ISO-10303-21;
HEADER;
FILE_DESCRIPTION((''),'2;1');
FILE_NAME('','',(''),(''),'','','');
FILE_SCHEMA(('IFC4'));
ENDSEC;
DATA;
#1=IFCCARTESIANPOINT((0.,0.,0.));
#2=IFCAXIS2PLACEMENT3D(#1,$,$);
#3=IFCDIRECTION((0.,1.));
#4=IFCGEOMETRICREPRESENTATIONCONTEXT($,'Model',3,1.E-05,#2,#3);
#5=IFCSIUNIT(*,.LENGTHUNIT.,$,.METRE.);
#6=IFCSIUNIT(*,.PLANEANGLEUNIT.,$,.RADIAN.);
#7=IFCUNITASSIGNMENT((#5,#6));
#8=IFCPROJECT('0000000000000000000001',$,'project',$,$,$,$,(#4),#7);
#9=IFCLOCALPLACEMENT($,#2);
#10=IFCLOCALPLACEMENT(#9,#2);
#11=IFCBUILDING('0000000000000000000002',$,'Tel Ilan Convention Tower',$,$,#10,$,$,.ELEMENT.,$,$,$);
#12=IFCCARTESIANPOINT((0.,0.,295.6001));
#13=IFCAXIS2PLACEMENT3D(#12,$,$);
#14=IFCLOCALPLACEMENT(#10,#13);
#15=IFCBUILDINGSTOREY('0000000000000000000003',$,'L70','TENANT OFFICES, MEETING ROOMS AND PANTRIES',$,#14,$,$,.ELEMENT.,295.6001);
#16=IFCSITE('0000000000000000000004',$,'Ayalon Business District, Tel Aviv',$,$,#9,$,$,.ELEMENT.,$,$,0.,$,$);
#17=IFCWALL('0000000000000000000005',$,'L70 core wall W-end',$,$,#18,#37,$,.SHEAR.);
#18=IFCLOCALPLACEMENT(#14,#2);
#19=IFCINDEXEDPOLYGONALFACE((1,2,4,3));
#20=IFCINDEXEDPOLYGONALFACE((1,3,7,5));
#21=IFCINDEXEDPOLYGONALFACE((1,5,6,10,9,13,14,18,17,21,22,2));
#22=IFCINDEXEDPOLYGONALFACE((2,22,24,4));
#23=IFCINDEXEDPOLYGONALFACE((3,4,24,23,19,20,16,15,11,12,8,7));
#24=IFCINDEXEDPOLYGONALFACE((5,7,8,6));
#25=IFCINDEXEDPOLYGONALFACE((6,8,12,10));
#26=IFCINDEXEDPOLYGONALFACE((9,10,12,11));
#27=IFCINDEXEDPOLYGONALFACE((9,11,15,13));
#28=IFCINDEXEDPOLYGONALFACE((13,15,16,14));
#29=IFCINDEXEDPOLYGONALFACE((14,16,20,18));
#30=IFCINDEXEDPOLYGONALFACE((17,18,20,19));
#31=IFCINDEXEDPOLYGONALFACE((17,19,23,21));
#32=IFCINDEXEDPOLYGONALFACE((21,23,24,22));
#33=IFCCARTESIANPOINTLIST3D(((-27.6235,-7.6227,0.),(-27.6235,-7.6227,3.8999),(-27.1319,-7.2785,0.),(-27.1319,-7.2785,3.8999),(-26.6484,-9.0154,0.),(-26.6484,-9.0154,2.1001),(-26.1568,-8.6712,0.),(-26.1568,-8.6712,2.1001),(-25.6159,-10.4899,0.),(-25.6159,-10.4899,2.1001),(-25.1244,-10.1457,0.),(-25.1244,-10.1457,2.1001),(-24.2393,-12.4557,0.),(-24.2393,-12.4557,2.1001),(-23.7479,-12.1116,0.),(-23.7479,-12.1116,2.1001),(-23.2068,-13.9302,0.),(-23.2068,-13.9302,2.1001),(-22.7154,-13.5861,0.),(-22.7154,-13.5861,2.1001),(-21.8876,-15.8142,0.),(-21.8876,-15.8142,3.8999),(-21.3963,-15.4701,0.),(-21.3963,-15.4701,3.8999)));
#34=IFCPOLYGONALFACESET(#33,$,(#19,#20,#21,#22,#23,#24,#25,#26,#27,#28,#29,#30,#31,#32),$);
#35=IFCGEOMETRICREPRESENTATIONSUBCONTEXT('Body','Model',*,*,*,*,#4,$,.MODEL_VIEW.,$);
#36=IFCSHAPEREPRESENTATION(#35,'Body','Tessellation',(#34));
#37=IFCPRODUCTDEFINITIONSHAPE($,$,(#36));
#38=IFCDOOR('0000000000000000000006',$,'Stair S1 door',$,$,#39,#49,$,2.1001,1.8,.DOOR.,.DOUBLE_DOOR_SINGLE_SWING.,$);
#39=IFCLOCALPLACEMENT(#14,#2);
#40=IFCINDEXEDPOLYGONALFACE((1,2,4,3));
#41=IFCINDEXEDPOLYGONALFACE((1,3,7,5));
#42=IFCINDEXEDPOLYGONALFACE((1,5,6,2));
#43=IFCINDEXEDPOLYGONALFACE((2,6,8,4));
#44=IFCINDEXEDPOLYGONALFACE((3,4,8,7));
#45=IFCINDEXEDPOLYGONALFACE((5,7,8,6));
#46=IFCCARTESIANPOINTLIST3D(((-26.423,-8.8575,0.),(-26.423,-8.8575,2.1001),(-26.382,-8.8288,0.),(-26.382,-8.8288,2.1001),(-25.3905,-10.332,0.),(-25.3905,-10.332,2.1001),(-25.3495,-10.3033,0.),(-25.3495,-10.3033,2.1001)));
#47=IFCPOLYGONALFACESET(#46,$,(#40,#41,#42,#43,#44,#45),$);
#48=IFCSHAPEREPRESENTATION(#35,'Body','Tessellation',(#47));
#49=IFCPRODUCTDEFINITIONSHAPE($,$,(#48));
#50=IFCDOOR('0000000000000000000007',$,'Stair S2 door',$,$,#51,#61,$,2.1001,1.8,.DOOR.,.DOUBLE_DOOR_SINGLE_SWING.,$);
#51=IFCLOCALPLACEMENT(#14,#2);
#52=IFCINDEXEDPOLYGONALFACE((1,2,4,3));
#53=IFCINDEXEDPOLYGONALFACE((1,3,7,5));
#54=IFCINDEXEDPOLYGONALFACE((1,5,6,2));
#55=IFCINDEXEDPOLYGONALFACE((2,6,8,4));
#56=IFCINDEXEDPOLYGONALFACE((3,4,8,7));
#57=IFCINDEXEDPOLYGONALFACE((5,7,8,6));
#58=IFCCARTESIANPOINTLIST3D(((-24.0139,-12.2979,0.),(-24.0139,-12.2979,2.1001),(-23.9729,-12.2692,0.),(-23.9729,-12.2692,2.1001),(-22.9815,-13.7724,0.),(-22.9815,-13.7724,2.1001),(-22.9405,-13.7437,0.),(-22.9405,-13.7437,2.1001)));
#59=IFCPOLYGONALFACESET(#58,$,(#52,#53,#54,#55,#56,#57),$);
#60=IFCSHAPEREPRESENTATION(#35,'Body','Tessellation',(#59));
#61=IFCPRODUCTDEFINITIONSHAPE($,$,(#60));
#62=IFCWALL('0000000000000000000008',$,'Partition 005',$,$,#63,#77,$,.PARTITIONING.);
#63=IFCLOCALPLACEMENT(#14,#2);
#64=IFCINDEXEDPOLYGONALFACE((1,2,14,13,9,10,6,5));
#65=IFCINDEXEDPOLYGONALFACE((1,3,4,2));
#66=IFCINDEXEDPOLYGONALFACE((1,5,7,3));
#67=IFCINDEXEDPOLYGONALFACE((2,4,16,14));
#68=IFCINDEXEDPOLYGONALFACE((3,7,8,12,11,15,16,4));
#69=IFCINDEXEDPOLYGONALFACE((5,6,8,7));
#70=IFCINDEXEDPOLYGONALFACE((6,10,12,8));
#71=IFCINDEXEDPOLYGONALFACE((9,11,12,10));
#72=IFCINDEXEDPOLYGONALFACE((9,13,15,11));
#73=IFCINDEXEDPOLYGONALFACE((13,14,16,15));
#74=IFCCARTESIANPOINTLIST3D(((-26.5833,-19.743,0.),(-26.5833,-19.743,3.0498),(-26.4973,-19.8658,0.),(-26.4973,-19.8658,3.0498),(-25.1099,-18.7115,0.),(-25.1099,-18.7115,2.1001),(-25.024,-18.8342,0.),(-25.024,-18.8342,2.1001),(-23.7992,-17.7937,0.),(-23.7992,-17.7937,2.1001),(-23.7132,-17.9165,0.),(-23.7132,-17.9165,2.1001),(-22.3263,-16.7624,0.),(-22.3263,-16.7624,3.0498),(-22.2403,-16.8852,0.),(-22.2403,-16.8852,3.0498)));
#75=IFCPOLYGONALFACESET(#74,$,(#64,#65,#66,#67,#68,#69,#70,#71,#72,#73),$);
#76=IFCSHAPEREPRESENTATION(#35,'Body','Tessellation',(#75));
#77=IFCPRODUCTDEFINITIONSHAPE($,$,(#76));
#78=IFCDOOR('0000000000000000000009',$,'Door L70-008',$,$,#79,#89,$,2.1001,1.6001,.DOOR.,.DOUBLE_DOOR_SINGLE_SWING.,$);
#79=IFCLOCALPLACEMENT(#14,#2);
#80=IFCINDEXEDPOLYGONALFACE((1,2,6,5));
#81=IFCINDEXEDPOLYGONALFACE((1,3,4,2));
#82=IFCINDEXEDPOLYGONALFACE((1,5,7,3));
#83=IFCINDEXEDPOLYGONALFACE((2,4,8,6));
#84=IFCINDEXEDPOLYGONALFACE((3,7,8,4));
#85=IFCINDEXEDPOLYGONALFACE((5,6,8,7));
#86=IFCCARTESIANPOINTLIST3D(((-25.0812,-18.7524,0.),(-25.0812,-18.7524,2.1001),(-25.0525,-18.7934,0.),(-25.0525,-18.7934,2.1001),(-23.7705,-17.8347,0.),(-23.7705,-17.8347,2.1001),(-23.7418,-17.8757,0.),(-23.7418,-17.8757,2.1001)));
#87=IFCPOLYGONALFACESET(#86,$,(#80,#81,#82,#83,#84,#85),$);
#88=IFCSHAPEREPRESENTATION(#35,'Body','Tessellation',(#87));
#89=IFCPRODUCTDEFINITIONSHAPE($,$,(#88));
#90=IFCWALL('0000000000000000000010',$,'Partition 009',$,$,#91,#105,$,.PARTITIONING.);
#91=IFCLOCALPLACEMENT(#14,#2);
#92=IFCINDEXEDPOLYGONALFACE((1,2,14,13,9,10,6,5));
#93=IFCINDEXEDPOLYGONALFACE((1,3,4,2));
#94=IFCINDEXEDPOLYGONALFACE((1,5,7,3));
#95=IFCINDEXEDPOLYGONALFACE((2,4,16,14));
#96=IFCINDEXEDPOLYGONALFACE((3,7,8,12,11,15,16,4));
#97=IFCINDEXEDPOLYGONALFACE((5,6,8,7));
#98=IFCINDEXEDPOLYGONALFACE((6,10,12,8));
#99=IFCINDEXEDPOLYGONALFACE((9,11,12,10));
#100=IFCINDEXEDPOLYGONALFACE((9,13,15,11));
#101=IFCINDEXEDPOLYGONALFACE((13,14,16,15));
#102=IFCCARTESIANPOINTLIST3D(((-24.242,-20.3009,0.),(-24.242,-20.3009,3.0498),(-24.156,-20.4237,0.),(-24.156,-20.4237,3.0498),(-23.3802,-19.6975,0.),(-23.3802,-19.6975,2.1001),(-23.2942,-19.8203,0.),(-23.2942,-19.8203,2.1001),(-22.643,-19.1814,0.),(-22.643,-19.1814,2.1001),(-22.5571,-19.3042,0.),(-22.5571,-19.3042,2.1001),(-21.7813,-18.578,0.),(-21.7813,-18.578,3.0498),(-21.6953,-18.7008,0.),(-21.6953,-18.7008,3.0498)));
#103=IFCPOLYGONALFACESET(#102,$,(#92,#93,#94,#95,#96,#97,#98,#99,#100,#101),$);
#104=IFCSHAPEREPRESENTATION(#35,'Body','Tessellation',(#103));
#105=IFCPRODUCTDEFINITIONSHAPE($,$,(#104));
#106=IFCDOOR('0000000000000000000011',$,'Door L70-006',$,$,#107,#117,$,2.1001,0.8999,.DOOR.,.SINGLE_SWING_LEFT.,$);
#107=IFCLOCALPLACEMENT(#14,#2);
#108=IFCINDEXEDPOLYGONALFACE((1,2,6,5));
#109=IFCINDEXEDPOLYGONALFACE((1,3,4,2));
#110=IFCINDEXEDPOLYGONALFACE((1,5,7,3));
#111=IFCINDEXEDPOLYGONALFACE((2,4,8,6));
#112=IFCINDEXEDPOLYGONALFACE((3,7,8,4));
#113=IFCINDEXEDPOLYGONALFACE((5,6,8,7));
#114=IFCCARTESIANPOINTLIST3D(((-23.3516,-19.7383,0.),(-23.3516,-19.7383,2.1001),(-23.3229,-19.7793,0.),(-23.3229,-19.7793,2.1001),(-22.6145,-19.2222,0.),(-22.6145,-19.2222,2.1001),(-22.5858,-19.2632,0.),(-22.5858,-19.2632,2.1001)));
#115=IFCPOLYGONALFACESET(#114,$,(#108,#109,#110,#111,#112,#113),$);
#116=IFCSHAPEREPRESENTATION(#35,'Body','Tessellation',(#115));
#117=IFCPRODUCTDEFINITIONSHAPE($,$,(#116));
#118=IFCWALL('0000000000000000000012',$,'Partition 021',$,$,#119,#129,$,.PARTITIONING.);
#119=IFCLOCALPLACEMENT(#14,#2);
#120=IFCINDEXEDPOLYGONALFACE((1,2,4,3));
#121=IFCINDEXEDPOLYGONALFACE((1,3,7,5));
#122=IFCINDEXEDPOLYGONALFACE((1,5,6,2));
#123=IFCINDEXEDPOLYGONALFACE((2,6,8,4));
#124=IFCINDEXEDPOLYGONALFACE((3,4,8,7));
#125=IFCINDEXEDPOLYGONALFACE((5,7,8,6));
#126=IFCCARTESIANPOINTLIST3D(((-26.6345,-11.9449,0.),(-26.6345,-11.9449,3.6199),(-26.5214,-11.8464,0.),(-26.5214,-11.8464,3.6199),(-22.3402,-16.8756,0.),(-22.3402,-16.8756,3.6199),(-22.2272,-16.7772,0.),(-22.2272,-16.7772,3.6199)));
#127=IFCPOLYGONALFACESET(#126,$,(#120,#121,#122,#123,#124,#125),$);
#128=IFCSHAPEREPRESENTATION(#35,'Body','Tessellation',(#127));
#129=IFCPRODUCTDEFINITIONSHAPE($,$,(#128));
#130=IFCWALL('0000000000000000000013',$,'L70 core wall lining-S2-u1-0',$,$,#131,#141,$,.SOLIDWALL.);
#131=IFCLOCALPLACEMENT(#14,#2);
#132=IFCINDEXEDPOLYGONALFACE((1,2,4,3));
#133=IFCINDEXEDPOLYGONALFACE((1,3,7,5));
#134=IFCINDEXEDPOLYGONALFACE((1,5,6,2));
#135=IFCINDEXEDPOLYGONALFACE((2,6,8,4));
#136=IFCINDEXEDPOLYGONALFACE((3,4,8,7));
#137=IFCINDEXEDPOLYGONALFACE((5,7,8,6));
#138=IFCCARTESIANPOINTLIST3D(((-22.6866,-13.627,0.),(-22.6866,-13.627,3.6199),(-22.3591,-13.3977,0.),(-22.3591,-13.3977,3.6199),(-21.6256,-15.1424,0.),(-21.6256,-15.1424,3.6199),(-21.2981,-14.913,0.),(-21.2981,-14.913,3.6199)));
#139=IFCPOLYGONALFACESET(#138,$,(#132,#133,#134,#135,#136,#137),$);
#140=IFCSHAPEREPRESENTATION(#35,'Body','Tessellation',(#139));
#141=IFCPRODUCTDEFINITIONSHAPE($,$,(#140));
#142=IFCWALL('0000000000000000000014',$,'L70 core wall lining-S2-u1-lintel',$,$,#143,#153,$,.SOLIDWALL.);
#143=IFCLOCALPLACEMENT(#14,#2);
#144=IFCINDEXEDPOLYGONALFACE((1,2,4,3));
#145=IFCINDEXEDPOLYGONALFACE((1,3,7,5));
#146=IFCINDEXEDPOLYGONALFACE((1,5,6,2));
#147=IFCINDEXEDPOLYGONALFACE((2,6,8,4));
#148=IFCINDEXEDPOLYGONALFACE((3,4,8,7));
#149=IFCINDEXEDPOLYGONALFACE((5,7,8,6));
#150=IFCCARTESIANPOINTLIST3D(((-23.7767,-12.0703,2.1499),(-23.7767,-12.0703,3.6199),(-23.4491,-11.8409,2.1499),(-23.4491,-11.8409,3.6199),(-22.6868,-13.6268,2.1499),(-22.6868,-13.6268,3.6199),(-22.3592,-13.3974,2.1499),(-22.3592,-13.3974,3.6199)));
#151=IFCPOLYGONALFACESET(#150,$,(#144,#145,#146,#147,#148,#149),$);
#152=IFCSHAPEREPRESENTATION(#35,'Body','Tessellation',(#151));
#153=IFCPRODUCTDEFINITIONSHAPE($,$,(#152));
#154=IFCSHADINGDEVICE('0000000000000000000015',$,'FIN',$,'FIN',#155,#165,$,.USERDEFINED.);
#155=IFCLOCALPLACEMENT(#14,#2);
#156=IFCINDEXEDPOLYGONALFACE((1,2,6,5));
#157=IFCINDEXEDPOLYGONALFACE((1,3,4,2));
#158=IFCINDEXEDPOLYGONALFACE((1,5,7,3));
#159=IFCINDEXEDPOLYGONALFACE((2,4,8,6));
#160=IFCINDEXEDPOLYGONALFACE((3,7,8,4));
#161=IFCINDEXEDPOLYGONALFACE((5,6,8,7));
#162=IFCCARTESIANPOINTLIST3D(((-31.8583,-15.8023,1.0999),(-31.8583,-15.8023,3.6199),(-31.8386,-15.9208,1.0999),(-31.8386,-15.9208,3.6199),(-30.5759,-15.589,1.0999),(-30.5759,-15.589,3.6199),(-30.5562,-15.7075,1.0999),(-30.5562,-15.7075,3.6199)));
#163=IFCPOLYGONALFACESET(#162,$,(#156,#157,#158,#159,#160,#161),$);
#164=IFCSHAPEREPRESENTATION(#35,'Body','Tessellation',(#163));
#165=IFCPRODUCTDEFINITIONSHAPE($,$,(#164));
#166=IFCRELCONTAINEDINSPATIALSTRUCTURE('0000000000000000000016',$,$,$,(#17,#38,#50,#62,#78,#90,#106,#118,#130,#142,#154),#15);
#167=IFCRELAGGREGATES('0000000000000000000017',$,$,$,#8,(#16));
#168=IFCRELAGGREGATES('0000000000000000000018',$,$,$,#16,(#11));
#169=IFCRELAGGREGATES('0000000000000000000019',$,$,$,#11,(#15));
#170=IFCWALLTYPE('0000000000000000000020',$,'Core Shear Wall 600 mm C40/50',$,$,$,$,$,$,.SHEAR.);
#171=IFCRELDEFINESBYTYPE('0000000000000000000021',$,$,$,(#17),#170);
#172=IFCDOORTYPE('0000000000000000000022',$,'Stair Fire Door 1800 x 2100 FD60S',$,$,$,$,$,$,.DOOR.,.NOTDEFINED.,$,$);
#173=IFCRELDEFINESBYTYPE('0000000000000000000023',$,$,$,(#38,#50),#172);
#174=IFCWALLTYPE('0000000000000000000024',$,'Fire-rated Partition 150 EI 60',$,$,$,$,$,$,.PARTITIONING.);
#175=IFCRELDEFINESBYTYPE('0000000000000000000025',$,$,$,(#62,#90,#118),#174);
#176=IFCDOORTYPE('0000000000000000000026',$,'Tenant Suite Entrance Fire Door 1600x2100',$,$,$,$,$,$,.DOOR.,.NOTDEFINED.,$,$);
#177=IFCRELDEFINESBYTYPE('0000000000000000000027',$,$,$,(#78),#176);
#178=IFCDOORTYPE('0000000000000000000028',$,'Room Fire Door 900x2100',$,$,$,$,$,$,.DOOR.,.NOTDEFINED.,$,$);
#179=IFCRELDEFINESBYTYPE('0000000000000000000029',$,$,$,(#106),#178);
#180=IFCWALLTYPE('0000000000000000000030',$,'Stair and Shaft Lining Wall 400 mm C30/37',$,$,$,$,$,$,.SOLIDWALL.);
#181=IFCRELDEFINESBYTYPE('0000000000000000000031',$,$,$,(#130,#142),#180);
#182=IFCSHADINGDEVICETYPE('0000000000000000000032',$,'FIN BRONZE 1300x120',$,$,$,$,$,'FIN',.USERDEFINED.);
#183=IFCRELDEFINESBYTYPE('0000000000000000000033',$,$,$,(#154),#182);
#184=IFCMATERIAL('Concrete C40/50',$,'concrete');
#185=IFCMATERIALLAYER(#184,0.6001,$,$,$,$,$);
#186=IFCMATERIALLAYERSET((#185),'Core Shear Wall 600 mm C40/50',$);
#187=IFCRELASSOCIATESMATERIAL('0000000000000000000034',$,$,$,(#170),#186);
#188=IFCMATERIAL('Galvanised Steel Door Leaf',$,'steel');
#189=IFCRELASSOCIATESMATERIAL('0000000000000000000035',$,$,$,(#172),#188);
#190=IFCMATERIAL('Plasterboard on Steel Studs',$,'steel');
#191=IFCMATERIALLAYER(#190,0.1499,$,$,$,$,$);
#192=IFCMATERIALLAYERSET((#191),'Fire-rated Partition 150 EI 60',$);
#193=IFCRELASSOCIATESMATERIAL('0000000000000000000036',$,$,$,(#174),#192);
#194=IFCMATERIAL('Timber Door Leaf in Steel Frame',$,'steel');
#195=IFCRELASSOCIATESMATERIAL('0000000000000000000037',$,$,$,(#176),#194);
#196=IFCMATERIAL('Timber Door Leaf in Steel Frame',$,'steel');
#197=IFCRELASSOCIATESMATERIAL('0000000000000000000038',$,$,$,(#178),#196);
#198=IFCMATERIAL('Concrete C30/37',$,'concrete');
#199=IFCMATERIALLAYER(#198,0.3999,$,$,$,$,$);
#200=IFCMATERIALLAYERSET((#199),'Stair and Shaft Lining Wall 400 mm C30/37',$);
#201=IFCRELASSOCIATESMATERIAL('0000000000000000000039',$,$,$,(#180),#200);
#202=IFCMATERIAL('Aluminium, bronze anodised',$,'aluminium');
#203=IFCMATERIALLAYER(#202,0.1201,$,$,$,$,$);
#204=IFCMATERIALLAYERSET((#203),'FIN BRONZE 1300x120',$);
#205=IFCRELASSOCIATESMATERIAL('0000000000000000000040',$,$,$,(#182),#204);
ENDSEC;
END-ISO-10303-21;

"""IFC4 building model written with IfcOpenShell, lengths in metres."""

from ifc_helpers import new_model, si_unit, direction, frame, frame_2d, origin, origin_2d, place, context, subcontext, project, spatial, polyline, rectangle, outline, extrude, material, layer, layer_set, type_object, element, fill, save


model = new_model("IFC4")

# Units and contexts
model_context = context("Model", 3, precision=1e-05, world=origin(), true_north=direction((0.0, 1.0)))
body_context = subcontext(model_context, "Body", "Model", "MODEL_VIEW")
ifc_project = project(units=[si_unit("LENGTHUNIT", "METRE"), si_unit("PLANEANGLEUNIT", "RADIAN")], contexts=[model_context])

# Site, building, storey
site_placement = place(None, origin())
site = spatial("IfcSite", under=ifc_project, at=site_placement, Name="Ayalon Business District, Tel Aviv", CompositionType="ELEMENT", RefElevation=0.0)
building_placement = place(site_placement, origin())
building = spatial("IfcBuilding", under=site, at=building_placement, Name="Tel Ilan Convention Tower", CompositionType="ELEMENT")
storey_placement = place(building_placement, frame((0.0, 0.0, 295.6001)))
storey = spatial("IfcBuildingStorey", under=building, at=storey_placement, Name="L70", Description="TENANT OFFICES, MEETING ROOMS AND PANTRIES", CompositionType="ELEMENT", Elevation=295.6001)

# Wall, openings, doors
ifc_material_1 = material(Name="Concrete C40/50", Category="concrete")
ifc_layer_1 = layer(ifc_material_1, 0.6001)
ifc_layer_set_1 = layer_set([ifc_layer_1], Name="Core Shear Wall 600 mm C40/50")
wall_type_1 = type_object("IfcWallType", Name="Core Shear Wall 600 mm C40/50", PredefinedType="SHEAR", material=ifc_layer_set_1)
wall_1_placement = place(storey_placement, frame((-21.6418, -15.6421, 0.0), z_axis=(0.0, 0.0, 1.0), x_axis=(-0.573587, 0.819145, 0.0)))
wall_1 = element("IfcWall", 1, at=wall_1_placement, inside=storey, type_object=wall_type_1, Name="L70 core wall W-end", PredefinedType="SHEAR", context=body_context, shape_type="SweptSolid", body=[
    extrude(outline(polyline([(0.0, 0.3), (0.0, -0.2998), (10.0, -0.3), (10.0, 0.3), (0.0, 0.3)])), origin(), (0.0, 0.0, 1.0), 3.8999),
])
opening_1_placement = place(wall_1_placement, frame((6.5, 0.0, 0.0)))
opening_1 = element("IfcOpeningElement", 2, at=opening_1_placement, cuts=wall_1, PredefinedType="OPENING", context=body_context, shape_type="SweptSolid", body=[
    extrude(rectangle(XDim=1.8, YDim=2.1001, at=frame_2d((0.8999, 1.05))), frame((0.0, 0.3101, 0.0), z_axis=(0.0, -1.0, 0.0), x_axis=(1.0, 0.0, 0.0)), (0.0, 0.0, 1.0), 0.6201),
])
opening_2_placement = place(wall_1_placement, frame((2.3, 0.0, 0.0)))
opening_2 = element("IfcOpeningElement", 3, at=opening_2_placement, cuts=wall_1, PredefinedType="OPENING", context=body_context, shape_type="SweptSolid", body=[
    extrude(rectangle(XDim=1.8, YDim=2.1001, at=frame_2d((0.8999, 1.05))), frame((0.0, 0.3101, 0.0), z_axis=(0.0, -1.0, 0.0), x_axis=(1.0, 0.0, 0.0)), (0.0, 0.0, 1.0), 0.6201),
])
ifc_material_2 = material(Name="Galvanised Steel Door Leaf", Category="steel")
door_type_1 = type_object("IfcDoorType", Name="Stair Fire Door 1800 x 2100 FD60S", OperationType="NOTDEFINED", PredefinedType="DOOR", material=ifc_material_2)
door_1_placement = place(opening_1_placement, origin())
door_1 = element("IfcDoor", 4, at=door_1_placement, inside=storey, type_object=door_type_1, Name="Stair S1 door", OperationType="DOUBLE_DOOR_SINGLE_SWING", OverallHeight=2.1001, OverallWidth=1.8, PredefinedType="DOOR", context=body_context, shape_type="SweptSolid", body=[
    extrude(rectangle(XDim=1.8, YDim=2.1001, at=frame_2d((0.8999, 1.05))), frame((0.0, 0.0249, 0.0), z_axis=(0.0, -1.0, 0.0), x_axis=(1.0, 0.0, 0.0)), (0.0, 0.0, 1.0), 0.05),
])
fill(opening_1, door_1)
door_2_placement = place(opening_2_placement, origin())
door_2 = element("IfcDoor", 5, at=door_2_placement, inside=storey, type_object=door_type_1, Name="Stair S2 door", OperationType="DOUBLE_DOOR_SINGLE_SWING", OverallHeight=2.1001, OverallWidth=1.8, PredefinedType="DOOR", context=body_context, shape_type="SweptSolid", body=[
    extrude(rectangle(XDim=1.8, YDim=2.1001, at=frame_2d((0.8999, 1.05))), frame((0.0, 0.0249, 0.0), z_axis=(0.0, -1.0, 0.0), x_axis=(1.0, 0.0, 0.0)), (0.0, 0.0, 1.0), 0.05),
])
fill(opening_2, door_2)

# Walls, openings, doors
ifc_material_3 = material(Name="Plasterboard on Steel Studs", Category="steel")
ifc_layer_2 = layer(ifc_material_3, 0.1499)
ifc_layer_set_2 = layer_set([ifc_layer_2], Name="Fire-rated Partition 150 EI 60")
wall_type_2 = type_object("IfcWallType", Name="Fire-rated Partition 150 EI 60", PredefinedType="PARTITIONING", material=ifc_layer_set_2)
wall_2_placement = place(storey_placement, frame((-26.5403, -19.8044, 0.0), z_axis=(0.0, 0.0, 1.0), x_axis=(0.819163, 0.57356, 0.0)))
wall_2 = element("IfcWall", 6, at=wall_2_placement, inside=storey, type_object=wall_type_2, Name="Partition 005", PredefinedType="PARTITIONING", context=body_context, shape_type="SweptSolid", body=[
    extrude(rectangle(XDim=5.1968, YDim=0.1499, at=frame_2d((2.5984, 0.0))), origin(), (0.0, 0.0, 1.0), 3.0498),
])
opening_3_placement = place(wall_2_placement, frame((1.7986, 0.0, 0.0)))
opening_3 = element("IfcOpeningElement", 7, at=opening_3_placement, cuts=wall_2, PredefinedType="OPENING", context=body_context, shape_type="SweptSolid", body=[
    extrude(rectangle(XDim=1.6001, YDim=2.1001, at=frame_2d((0.8, 1.05))), frame((0.0, 0.085, 0.0), z_axis=(0.0, -1.0, 0.0), x_axis=(1.0, 0.0, 0.0)), (0.0, 0.0, 1.0), 0.1699),
])
ifc_material_4 = material(Name="Timber Door Leaf in Steel Frame", Category="steel")
door_type_2 = type_object("IfcDoorType", Name="Tenant Suite Entrance Fire Door 1600x2100", OperationType="NOTDEFINED", PredefinedType="DOOR", material=ifc_material_4)
door_3_placement = place(opening_3_placement, origin())
door_3 = element("IfcDoor", 8, at=door_3_placement, inside=storey, type_object=door_type_2, Name="Door L70-008", OperationType="DOUBLE_DOOR_SINGLE_SWING", OverallHeight=2.1001, OverallWidth=1.6001, PredefinedType="DOOR", context=body_context, shape_type="SweptSolid", body=[
    extrude(rectangle(XDim=1.6001, YDim=2.1001, at=frame_2d((0.8, 1.05))), frame((0.0, 0.0249, 0.0), z_axis=(0.0, -1.0, 0.0), x_axis=(1.0, 0.0, 0.0)), (0.0, 0.0, 1.0), 0.05),
])
fill(opening_3, door_3)
wall_3_placement = place(storey_placement, frame((-21.7383, -18.6394, 0.0), z_axis=(0.0, 0.0, 1.0), x_axis=(-0.819167, -0.573555, 0.0)))
wall_3 = element("IfcWall", 9, at=wall_3_placement, inside=storey, type_object=wall_type_2, Name="Partition 009", PredefinedType="PARTITIONING", context=body_context, shape_type="SweptSolid", body=[
    extrude(rectangle(XDim=3.0039, YDim=0.1499, at=frame_2d((1.502, 0.0))), origin(), (0.0, 0.0, 1.0), 3.0498),
])
opening_4_placement = place(wall_3_placement, frame((1.052, 0.0, 0.0)))
opening_4 = element("IfcOpeningElement", 10, at=opening_4_placement, cuts=wall_3, PredefinedType="OPENING", context=body_context, shape_type="SweptSolid", body=[
    extrude(rectangle(XDim=0.8999, YDim=2.1001, at=frame_2d((0.45, 1.05))), frame((0.0, 0.085, 0.0), z_axis=(0.0, -1.0, 0.0), x_axis=(1.0, 0.0, 0.0)), (0.0, 0.0, 1.0), 0.1699),
])
ifc_material_5 = material(Name="Timber Door Leaf in Steel Frame", Category="steel")
door_type_3 = type_object("IfcDoorType", Name="Room Fire Door 900x2100", OperationType="NOTDEFINED", PredefinedType="DOOR", material=ifc_material_5)
door_4_placement = place(opening_4_placement, origin())
door_4 = element("IfcDoor", 11, at=door_4_placement, inside=storey, type_object=door_type_3, Name="Door L70-006", OperationType="SINGLE_SWING_LEFT", OverallHeight=2.1001, OverallWidth=0.8999, PredefinedType="DOOR", context=body_context, shape_type="SweptSolid", body=[
    extrude(rectangle(XDim=0.8999, YDim=2.1001, at=frame_2d((0.45, 1.05))), frame((0.0, 0.0249, 0.0), z_axis=(0.0, -1.0, 0.0), x_axis=(1.0, 0.0, 0.0)), (0.0, 0.0, 1.0), 0.05),
])
fill(opening_4, door_4)

# Walls
wall_4_placement = place(storey_placement, frame((-22.2837, -16.8264, 0.0), z_axis=(0.0, 0.0, 1.0), x_axis=(-0.656758, 0.754101, 0.0)))
element("IfcWall", 12, at=wall_4_placement, inside=storey, type_object=wall_type_2, Name="Partition 021", PredefinedType="PARTITIONING", context=body_context, shape_type="SweptSolid", body=[
    extrude(rectangle(XDim=6.5386, YDim=0.1499, at=frame_2d((3.2693, 0.0))), origin(), (0.0, 0.0, 1.0), 3.6199),
])
ifc_material_6 = material(Name="Concrete C30/37", Category="concrete")
ifc_layer_3 = layer(ifc_material_6, 0.3999)
ifc_layer_set_3 = layer_set([ifc_layer_3], Name="Stair and Shaft Lining Wall 400 mm C30/37")
wall_type_3 = type_object("IfcWallType", Name="Stair and Shaft Lining Wall 400 mm C30/37", PredefinedType="SOLIDWALL", material=ifc_layer_set_3)
wall_5_placement = place(storey_placement, frame((-21.4619, -15.0276, 0.0), z_axis=(0.0, 0.0, 1.0), x_axis=(-0.57356, 0.819164, 0.0)))
element("IfcWall", 13, at=wall_5_placement, inside=storey, type_object=wall_type_3, Name="L70 core wall lining-S2-u1-0", PredefinedType="SOLIDWALL", context=body_context, shape_type="SweptSolid", body=[
    extrude(rectangle(XDim=1.8499, YDim=0.3999, at=frame_2d((0.9248, 0.0))), origin(), (0.0, 0.0, 1.0), 3.6199),
])
wall_6_placement = place(storey_placement, frame((-22.5229, -13.5122, 2.1499), z_axis=(0.0, 0.0, 1.0), x_axis=(-0.573592, 0.819141, 0.0)))
element("IfcWall", 14, at=wall_6_placement, inside=storey, type_object=wall_type_3, Name="L70 core wall lining-S2-u1-lintel", PredefinedType="SOLIDWALL", context=body_context, shape_type="SweptSolid", body=[
    extrude(rectangle(XDim=1.9001, YDim=0.3999, at=frame_2d((0.9502, 0.0))), origin(), (0.0, 0.0, 1.0), 1.47),
])

# Shading device
ifc_material_7 = material(Name="Aluminium, bronze anodised", Category="aluminium")
ifc_layer_4 = layer(ifc_material_7, 0.1201)
ifc_layer_set_4 = layer_set([ifc_layer_4], Name="FIN BRONZE 1300x120")
shading_device_type = type_object("IfcShadingDeviceType", Name="FIN BRONZE 1300x120", ElementType="FIN", PredefinedType="USERDEFINED", material=ifc_layer_set_4)
for number, where, z_axis, x_axis, name in (
    (15, (-31.2073, -15.7549, 1.0999), (0.0, 0.0, 1.0), (-0.986445, -0.164091, 0.0), "FIN"),
):
    element("IfcShadingDevice", number, at=place(storey_placement, frame(where, z_axis=z_axis, x_axis=x_axis)), inside=storey, type_object=shading_device_type, Name=name, ObjectType="FIN", PredefinedType="USERDEFINED", context=body_context, shape_type="SweptSolid", body=[
        extrude(rectangle(XDim=1.3, YDim=0.1201, at=origin_2d()), origin(), (0.0, 0.0, 1.0), 2.52),
    ])

save(model, "model.ifc")
